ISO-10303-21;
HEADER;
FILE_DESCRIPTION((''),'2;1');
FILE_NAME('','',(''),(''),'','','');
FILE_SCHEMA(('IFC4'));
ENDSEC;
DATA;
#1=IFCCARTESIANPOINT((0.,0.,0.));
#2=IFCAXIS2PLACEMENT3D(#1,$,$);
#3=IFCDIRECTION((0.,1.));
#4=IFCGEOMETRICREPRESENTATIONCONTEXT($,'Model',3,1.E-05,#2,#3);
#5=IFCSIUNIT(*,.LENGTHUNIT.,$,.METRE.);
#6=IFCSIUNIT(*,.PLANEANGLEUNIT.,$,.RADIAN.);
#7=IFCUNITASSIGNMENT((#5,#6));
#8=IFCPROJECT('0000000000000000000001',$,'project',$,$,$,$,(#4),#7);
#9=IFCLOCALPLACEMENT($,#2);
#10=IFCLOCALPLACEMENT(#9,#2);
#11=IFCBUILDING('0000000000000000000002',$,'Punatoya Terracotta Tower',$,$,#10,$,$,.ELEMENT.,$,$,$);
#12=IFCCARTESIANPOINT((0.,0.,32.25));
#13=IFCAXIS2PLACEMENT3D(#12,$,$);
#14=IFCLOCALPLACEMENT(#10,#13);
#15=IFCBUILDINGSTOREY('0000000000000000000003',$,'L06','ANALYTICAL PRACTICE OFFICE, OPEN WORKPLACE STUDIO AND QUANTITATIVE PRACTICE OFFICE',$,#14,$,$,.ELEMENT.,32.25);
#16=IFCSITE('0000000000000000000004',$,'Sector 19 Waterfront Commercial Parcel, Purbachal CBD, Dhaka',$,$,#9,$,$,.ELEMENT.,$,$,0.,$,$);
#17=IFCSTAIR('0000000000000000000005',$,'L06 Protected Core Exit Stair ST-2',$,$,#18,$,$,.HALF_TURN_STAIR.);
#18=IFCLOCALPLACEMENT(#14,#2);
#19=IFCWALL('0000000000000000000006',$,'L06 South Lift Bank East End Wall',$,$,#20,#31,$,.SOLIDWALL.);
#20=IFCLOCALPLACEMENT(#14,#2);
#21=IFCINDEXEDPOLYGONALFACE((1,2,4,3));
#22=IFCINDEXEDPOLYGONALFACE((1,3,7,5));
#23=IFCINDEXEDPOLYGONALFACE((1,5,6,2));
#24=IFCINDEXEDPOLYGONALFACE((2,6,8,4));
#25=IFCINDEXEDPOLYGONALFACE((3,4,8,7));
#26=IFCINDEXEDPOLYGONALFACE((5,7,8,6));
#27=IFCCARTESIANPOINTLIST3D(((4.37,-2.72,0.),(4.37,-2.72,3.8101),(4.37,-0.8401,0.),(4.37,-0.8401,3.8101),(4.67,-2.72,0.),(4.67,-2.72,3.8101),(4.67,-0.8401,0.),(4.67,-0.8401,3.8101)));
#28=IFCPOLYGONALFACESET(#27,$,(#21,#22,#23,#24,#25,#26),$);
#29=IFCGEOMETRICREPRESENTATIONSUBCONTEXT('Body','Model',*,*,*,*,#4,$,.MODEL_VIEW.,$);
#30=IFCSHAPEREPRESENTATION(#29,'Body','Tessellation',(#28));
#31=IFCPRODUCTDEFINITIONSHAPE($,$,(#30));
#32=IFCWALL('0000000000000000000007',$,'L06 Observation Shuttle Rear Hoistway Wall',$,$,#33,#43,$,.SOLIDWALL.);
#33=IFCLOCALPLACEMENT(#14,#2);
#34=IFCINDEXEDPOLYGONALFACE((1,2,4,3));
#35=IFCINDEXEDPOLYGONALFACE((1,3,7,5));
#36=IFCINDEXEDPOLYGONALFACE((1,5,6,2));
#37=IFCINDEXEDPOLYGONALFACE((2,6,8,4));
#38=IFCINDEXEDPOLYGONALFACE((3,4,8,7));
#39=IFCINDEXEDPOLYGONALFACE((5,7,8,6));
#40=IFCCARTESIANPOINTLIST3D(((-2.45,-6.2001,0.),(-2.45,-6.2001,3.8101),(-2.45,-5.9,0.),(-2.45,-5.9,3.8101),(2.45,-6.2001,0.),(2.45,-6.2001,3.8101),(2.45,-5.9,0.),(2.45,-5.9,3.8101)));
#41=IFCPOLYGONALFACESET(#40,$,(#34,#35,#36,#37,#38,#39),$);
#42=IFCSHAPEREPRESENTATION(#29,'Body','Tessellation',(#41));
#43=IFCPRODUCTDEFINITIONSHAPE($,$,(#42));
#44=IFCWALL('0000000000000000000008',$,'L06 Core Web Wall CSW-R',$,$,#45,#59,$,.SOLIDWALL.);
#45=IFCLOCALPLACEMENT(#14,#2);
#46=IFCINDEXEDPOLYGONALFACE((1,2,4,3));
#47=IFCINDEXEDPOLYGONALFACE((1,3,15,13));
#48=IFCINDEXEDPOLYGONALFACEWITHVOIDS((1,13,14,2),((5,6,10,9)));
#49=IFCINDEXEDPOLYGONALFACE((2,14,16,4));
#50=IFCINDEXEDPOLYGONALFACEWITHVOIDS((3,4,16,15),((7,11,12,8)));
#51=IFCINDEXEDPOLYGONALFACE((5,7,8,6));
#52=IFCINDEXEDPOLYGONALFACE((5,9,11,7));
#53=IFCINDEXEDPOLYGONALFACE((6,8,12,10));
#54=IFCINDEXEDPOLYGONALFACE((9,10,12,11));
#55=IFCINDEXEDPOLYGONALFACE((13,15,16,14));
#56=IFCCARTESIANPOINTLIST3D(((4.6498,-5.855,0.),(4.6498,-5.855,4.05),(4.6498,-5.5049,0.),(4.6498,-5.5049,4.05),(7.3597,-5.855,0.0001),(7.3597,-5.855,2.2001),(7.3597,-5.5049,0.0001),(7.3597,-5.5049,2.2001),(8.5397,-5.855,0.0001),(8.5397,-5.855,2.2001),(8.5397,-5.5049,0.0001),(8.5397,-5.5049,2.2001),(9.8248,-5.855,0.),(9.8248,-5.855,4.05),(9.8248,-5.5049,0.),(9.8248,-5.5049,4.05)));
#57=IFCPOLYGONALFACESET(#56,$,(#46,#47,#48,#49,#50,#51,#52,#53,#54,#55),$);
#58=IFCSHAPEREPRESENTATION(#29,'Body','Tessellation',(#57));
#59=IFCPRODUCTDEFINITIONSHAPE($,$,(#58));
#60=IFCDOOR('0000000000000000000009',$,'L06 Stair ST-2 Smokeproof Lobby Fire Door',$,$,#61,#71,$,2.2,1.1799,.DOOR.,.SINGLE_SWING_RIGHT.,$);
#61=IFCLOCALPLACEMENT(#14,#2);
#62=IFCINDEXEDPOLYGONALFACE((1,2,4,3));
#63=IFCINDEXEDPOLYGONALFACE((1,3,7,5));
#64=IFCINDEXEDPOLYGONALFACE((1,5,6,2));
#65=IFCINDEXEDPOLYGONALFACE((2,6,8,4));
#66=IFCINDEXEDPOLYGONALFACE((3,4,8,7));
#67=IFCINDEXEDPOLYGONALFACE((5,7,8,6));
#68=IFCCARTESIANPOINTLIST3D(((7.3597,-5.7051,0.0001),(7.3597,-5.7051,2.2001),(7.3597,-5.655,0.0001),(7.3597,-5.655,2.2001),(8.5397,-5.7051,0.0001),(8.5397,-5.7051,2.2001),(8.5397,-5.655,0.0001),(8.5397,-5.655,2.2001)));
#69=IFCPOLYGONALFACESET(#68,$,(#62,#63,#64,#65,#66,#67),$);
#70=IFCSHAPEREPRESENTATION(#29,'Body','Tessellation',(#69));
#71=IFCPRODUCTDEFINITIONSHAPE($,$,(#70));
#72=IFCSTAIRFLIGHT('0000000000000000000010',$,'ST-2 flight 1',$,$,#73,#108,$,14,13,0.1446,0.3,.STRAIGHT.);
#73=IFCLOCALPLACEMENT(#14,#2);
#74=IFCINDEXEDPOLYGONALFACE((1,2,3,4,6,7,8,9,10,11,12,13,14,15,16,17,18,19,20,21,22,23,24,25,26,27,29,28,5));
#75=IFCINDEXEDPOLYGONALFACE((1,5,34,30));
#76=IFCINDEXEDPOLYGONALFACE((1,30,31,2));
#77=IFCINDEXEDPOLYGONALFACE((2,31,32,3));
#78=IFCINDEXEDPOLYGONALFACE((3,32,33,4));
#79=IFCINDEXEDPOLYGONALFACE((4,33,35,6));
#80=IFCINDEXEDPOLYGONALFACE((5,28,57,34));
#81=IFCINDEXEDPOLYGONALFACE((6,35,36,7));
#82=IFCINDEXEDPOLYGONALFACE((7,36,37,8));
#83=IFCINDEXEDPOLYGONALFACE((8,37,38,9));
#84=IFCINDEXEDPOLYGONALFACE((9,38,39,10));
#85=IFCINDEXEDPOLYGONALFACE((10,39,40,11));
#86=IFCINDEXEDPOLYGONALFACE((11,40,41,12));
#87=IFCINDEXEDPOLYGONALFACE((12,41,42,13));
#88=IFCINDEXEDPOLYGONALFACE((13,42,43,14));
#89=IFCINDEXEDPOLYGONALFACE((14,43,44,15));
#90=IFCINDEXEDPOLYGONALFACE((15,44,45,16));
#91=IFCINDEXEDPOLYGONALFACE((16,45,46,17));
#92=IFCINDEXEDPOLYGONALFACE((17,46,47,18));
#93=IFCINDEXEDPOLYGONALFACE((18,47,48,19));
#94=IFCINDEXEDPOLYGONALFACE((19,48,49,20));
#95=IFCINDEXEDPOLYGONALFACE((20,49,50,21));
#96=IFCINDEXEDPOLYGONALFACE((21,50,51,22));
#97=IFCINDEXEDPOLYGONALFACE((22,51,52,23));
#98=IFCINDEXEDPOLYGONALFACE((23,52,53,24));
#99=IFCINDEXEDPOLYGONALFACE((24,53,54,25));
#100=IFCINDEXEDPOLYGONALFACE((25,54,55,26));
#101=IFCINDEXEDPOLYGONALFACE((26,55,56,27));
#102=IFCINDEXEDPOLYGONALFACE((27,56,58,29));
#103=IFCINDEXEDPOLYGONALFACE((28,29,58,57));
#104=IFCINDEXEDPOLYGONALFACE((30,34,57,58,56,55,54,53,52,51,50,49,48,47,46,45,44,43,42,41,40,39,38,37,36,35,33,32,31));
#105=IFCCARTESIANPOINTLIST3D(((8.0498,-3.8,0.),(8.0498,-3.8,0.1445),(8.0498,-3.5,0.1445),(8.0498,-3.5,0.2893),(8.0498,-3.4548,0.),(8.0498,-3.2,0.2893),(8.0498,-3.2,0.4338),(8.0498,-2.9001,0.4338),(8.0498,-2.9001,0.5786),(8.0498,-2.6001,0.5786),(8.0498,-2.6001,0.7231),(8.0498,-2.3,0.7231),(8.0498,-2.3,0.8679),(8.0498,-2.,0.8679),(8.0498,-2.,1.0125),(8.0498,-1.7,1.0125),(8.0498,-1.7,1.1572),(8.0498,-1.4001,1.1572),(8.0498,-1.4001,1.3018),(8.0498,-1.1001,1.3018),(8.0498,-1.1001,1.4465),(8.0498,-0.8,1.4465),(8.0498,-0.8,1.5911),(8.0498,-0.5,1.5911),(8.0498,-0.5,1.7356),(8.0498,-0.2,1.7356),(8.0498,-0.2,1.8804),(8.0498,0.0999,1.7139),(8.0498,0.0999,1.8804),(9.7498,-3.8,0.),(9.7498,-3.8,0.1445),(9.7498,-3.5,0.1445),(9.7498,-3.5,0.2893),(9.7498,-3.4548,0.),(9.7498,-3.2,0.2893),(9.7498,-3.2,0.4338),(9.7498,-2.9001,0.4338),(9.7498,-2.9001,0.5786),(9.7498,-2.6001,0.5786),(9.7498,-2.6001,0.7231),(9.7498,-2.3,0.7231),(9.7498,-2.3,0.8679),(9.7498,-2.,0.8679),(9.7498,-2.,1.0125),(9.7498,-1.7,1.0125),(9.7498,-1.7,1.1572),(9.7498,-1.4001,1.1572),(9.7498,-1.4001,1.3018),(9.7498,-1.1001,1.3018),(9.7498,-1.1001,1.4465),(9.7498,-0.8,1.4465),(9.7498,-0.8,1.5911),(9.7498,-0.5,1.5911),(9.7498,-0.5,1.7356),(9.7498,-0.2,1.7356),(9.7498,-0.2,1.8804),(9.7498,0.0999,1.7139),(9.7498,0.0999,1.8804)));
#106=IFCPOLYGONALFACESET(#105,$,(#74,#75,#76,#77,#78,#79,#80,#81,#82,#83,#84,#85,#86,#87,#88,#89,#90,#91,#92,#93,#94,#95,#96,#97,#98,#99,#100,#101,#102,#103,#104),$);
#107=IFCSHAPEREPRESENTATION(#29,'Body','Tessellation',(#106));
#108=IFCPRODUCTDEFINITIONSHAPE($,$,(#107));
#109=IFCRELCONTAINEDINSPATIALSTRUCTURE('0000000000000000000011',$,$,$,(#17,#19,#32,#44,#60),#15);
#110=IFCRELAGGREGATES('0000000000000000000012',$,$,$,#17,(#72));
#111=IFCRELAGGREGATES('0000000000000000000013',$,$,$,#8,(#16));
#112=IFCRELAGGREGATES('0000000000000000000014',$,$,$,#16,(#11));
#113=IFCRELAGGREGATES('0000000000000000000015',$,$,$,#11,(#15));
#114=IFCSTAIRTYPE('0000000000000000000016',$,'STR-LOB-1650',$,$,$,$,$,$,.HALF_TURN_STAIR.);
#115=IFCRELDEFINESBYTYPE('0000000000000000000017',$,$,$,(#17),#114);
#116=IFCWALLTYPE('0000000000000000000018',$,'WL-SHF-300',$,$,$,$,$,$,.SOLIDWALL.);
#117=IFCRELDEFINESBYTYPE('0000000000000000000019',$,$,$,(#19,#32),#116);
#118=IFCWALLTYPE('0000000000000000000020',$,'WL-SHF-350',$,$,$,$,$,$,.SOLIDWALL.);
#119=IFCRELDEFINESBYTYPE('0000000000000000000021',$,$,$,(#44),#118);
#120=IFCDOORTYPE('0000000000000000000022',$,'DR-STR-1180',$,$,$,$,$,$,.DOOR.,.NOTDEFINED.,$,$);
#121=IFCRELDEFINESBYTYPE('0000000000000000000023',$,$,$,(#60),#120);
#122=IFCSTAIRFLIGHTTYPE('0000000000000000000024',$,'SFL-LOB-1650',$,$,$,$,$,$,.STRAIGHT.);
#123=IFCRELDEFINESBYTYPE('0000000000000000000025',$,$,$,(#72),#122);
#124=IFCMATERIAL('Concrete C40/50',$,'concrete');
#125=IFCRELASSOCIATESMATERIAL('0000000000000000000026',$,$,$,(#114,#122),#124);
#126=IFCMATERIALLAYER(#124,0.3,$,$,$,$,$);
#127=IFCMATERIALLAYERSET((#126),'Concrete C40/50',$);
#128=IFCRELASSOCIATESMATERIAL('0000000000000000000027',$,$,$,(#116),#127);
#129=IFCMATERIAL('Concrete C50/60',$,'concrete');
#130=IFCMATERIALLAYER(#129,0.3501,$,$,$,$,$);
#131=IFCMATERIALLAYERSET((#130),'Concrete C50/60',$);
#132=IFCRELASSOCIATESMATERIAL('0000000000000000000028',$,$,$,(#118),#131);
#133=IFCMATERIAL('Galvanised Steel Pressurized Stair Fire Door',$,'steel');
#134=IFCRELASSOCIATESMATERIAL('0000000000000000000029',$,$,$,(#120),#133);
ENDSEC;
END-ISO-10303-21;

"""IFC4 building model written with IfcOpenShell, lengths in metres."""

from ifc_helpers import new_model, si_unit, direction, frame, frame_2d, origin, place, context, subcontext, project, spatial, polyline, rectangle, outline, extrude, material, layer, layer_set, type_object, element, fill, aggregate, save


model = new_model("IFC4")

# Units and contexts
model_context = context("Model", 3, precision=1e-05, world=origin(), true_north=direction((0.0, 1.0)))
body_context = subcontext(model_context, "Body", "Model", "MODEL_VIEW")
ifc_project = project(units=[si_unit("LENGTHUNIT", "METRE"), si_unit("PLANEANGLEUNIT", "RADIAN")], contexts=[model_context])

# Site, building, storey
site_placement = place(None, origin())
site = spatial("IfcSite", under=ifc_project, at=site_placement, Name="Sector 19 Waterfront Commercial Parcel, Purbachal CBD, Dhaka", CompositionType="ELEMENT", RefElevation=0.0)
building_placement = place(site_placement, origin())
building = spatial("IfcBuilding", under=site, at=building_placement, Name="Punatoya Terracotta Tower", CompositionType="ELEMENT")
storey_placement = place(building_placement, frame((0.0, 0.0, 32.25)))
storey = spatial("IfcBuildingStorey", under=building, at=storey_placement, Name="L06", Description="ANALYTICAL PRACTICE OFFICE, OPEN WORKPLACE STUDIO AND QUANTITATIVE PRACTICE OFFICE", CompositionType="ELEMENT", Elevation=32.25)

# Stair
ifc_material_1 = material(Name="Concrete C40/50", Category="concrete")
stair_type_1 = type_object("IfcStairType", Name="STR-LOB-1650", PredefinedType="HALF_TURN_STAIR", material=ifc_material_1)
stair_1_placement = place(storey_placement, origin())
stair_1 = element("IfcStair", 1, at=stair_1_placement, inside=storey, type_object=stair_type_1, Name="L06 Protected Core Exit Stair ST-2", PredefinedType="HALF_TURN_STAIR")

# Shared definitions
ifc_layer_1 = layer(ifc_material_1, 0.3)
ifc_layer_set_1 = layer_set([ifc_layer_1], Name="Concrete C40/50")
wall_type_1 = type_object("IfcWallType", Name="WL-SHF-300", PredefinedType="SOLIDWALL", material=ifc_layer_set_1)

# Walls
for number, where, z_axis, x_axis, name in (
    (2, (4.52, -2.72, 0.0), (0.0, 0.0, 1.0), (0.0, 1.0, 0.0), "L06 South Lift Bank East End Wall"),
):
    element("IfcWall", number, at=place(storey_placement, frame(where, z_axis=z_axis, x_axis=x_axis)), inside=storey, type_object=wall_type_1, Name=name, PredefinedType="SOLIDWALL", context=body_context, shape_type="SweptSolid", body=[
        extrude(rectangle(XDim=1.8799, YDim=0.3, at=frame_2d((0.9399, 0.0))), origin(), (0.0, 0.0, 1.0), 3.8101),
    ])
wall_1_placement = place(storey_placement, frame((-2.45, -6.05, 0.0), z_axis=(0.0, 0.0, 1.0), x_axis=(1.0, 0.0, 0.0)))
element("IfcWall", 3, at=wall_1_placement, inside=storey, type_object=wall_type_1, Name="L06 Observation Shuttle Rear Hoistway Wall", PredefinedType="SOLIDWALL", context=body_context, shape_type="SweptSolid", body=[
    extrude(rectangle(XDim=4.8999, YDim=0.3, at=frame_2d((2.45, 0.0))), origin(), (0.0, 0.0, 1.0), 3.8101),
])

# Wall, opening, door
ifc_material_2 = material(Name="Concrete C50/60", Category="concrete")
ifc_layer_2 = layer(ifc_material_2, 0.3501)
ifc_layer_set_2 = layer_set([ifc_layer_2], Name="Concrete C50/60")
wall_type_2 = type_object("IfcWallType", Name="WL-SHF-350", PredefinedType="SOLIDWALL", material=ifc_layer_set_2)
wall_2_placement = place(storey_placement, frame((4.6499, -5.6799, 0.0), z_axis=(0.0, 0.0, 1.0), x_axis=(1.0, 0.0, 0.0)))
wall_2 = element("IfcWall", 4, at=wall_2_placement, inside=storey, type_object=wall_type_2, Name="L06 Core Web Wall CSW-R", PredefinedType="SOLIDWALL", context=body_context, shape_type="SweptSolid", body=[
    extrude(rectangle(XDim=5.175, YDim=0.3501, at=frame_2d((2.5874, 0.0))), origin(), (0.0, 0.0, 1.0), 4.05),
])
opening_1_placement = place(wall_2_placement, frame((2.71, 0.0, 0.0)))
opening_1 = element("IfcOpeningElement", 5, at=opening_1_placement, cuts=wall_2, PredefinedType="OPENING", context=body_context, shape_type="SweptSolid", body=[
    extrude(rectangle(XDim=1.1799, YDim=2.2, at=frame_2d((0.5898, 1.1001))), frame((0.0, 0.1851, 0.0), z_axis=(0.0, -1.0, 0.0), x_axis=(1.0, 0.0, 0.0)), (0.0, 0.0, 1.0), 0.3701),
])
ifc_material_3 = material(Name="Galvanised Steel Pressurized Stair Fire Door", Category="steel")
door_type_1 = type_object("IfcDoorType", Name="DR-STR-1180", OperationType="NOTDEFINED", PredefinedType="DOOR", material=ifc_material_3)
door_1_placement = place(opening_1_placement, origin())
door_1 = element("IfcDoor", 6, at=door_1_placement, inside=storey, type_object=door_type_1, Name="L06 Stair ST-2 Smokeproof Lobby Fire Door", OperationType="SINGLE_SWING_RIGHT", OverallHeight=2.2, OverallWidth=1.1799, PredefinedType="DOOR", context=body_context, shape_type="SweptSolid", body=[
    extrude(rectangle(XDim=1.1799, YDim=2.2, at=frame_2d((0.5898, 1.1001))), frame((0.0, 0.0249, 0.0), z_axis=(0.0, -1.0, 0.0), x_axis=(1.0, 0.0, 0.0)), (0.0, 0.0, 1.0), 0.05),
])
fill(opening_1, door_1)

# Stair flight
stair_flight_type = type_object("IfcStairFlightType", Name="SFL-LOB-1650", PredefinedType="STRAIGHT", material=ifc_material_1)
stair_flight_placement = place(storey_placement, frame((8.8999, -3.8, 0.0), z_axis=(0.0, 0.0, 1.0), x_axis=(0.0, 1.0, 0.0)))
stair_flight = element("IfcStairFlight", 7, at=stair_flight_placement, type_object=stair_flight_type, Name="ST-2 flight 1", NumberOfRisers=14, NumberOfTreads=13, PredefinedType="STRAIGHT", RiserHeight=0.1446, TreadLength=0.3, context=body_context, shape_type="SweptSolid", body=[
    extrude(outline(polyline([(0.0, 0.0), (0.0, 0.1445), (0.3, 0.1445), (0.3, 0.2893), (0.6001, 0.2893), (0.6001, 0.4338), (0.8999, 0.4338), (0.8999, 0.5786), (1.2, 0.5786), (1.2, 0.7231), (1.5, 0.7231), (1.5, 0.8679), (1.8, 0.8679), (1.8, 1.0125), (2.1001, 1.0125), (2.1001, 1.1572), (2.3999, 1.1572), (2.3999, 1.3018), (2.7, 1.3018), (2.7, 1.4465), (3.0, 1.4465), (3.0, 1.5911), (3.3, 1.5911), (3.3, 1.7356), (3.6001, 1.7356), (3.6001, 1.8804), (3.8999, 1.8804), (3.8999, 2.0249), (3.8999, 1.7139), (0.3452, 0.0), (0.0, 0.0)])), frame((0.0, 0.8501, 0.0), z_axis=(0.0, -1.0, 0.0), x_axis=(1.0, 0.0, 0.0)), (0.0, 0.0, 1.0), 1.7),
])
aggregate(stair_1, [stair_flight])

save(model, "model.ifc")
